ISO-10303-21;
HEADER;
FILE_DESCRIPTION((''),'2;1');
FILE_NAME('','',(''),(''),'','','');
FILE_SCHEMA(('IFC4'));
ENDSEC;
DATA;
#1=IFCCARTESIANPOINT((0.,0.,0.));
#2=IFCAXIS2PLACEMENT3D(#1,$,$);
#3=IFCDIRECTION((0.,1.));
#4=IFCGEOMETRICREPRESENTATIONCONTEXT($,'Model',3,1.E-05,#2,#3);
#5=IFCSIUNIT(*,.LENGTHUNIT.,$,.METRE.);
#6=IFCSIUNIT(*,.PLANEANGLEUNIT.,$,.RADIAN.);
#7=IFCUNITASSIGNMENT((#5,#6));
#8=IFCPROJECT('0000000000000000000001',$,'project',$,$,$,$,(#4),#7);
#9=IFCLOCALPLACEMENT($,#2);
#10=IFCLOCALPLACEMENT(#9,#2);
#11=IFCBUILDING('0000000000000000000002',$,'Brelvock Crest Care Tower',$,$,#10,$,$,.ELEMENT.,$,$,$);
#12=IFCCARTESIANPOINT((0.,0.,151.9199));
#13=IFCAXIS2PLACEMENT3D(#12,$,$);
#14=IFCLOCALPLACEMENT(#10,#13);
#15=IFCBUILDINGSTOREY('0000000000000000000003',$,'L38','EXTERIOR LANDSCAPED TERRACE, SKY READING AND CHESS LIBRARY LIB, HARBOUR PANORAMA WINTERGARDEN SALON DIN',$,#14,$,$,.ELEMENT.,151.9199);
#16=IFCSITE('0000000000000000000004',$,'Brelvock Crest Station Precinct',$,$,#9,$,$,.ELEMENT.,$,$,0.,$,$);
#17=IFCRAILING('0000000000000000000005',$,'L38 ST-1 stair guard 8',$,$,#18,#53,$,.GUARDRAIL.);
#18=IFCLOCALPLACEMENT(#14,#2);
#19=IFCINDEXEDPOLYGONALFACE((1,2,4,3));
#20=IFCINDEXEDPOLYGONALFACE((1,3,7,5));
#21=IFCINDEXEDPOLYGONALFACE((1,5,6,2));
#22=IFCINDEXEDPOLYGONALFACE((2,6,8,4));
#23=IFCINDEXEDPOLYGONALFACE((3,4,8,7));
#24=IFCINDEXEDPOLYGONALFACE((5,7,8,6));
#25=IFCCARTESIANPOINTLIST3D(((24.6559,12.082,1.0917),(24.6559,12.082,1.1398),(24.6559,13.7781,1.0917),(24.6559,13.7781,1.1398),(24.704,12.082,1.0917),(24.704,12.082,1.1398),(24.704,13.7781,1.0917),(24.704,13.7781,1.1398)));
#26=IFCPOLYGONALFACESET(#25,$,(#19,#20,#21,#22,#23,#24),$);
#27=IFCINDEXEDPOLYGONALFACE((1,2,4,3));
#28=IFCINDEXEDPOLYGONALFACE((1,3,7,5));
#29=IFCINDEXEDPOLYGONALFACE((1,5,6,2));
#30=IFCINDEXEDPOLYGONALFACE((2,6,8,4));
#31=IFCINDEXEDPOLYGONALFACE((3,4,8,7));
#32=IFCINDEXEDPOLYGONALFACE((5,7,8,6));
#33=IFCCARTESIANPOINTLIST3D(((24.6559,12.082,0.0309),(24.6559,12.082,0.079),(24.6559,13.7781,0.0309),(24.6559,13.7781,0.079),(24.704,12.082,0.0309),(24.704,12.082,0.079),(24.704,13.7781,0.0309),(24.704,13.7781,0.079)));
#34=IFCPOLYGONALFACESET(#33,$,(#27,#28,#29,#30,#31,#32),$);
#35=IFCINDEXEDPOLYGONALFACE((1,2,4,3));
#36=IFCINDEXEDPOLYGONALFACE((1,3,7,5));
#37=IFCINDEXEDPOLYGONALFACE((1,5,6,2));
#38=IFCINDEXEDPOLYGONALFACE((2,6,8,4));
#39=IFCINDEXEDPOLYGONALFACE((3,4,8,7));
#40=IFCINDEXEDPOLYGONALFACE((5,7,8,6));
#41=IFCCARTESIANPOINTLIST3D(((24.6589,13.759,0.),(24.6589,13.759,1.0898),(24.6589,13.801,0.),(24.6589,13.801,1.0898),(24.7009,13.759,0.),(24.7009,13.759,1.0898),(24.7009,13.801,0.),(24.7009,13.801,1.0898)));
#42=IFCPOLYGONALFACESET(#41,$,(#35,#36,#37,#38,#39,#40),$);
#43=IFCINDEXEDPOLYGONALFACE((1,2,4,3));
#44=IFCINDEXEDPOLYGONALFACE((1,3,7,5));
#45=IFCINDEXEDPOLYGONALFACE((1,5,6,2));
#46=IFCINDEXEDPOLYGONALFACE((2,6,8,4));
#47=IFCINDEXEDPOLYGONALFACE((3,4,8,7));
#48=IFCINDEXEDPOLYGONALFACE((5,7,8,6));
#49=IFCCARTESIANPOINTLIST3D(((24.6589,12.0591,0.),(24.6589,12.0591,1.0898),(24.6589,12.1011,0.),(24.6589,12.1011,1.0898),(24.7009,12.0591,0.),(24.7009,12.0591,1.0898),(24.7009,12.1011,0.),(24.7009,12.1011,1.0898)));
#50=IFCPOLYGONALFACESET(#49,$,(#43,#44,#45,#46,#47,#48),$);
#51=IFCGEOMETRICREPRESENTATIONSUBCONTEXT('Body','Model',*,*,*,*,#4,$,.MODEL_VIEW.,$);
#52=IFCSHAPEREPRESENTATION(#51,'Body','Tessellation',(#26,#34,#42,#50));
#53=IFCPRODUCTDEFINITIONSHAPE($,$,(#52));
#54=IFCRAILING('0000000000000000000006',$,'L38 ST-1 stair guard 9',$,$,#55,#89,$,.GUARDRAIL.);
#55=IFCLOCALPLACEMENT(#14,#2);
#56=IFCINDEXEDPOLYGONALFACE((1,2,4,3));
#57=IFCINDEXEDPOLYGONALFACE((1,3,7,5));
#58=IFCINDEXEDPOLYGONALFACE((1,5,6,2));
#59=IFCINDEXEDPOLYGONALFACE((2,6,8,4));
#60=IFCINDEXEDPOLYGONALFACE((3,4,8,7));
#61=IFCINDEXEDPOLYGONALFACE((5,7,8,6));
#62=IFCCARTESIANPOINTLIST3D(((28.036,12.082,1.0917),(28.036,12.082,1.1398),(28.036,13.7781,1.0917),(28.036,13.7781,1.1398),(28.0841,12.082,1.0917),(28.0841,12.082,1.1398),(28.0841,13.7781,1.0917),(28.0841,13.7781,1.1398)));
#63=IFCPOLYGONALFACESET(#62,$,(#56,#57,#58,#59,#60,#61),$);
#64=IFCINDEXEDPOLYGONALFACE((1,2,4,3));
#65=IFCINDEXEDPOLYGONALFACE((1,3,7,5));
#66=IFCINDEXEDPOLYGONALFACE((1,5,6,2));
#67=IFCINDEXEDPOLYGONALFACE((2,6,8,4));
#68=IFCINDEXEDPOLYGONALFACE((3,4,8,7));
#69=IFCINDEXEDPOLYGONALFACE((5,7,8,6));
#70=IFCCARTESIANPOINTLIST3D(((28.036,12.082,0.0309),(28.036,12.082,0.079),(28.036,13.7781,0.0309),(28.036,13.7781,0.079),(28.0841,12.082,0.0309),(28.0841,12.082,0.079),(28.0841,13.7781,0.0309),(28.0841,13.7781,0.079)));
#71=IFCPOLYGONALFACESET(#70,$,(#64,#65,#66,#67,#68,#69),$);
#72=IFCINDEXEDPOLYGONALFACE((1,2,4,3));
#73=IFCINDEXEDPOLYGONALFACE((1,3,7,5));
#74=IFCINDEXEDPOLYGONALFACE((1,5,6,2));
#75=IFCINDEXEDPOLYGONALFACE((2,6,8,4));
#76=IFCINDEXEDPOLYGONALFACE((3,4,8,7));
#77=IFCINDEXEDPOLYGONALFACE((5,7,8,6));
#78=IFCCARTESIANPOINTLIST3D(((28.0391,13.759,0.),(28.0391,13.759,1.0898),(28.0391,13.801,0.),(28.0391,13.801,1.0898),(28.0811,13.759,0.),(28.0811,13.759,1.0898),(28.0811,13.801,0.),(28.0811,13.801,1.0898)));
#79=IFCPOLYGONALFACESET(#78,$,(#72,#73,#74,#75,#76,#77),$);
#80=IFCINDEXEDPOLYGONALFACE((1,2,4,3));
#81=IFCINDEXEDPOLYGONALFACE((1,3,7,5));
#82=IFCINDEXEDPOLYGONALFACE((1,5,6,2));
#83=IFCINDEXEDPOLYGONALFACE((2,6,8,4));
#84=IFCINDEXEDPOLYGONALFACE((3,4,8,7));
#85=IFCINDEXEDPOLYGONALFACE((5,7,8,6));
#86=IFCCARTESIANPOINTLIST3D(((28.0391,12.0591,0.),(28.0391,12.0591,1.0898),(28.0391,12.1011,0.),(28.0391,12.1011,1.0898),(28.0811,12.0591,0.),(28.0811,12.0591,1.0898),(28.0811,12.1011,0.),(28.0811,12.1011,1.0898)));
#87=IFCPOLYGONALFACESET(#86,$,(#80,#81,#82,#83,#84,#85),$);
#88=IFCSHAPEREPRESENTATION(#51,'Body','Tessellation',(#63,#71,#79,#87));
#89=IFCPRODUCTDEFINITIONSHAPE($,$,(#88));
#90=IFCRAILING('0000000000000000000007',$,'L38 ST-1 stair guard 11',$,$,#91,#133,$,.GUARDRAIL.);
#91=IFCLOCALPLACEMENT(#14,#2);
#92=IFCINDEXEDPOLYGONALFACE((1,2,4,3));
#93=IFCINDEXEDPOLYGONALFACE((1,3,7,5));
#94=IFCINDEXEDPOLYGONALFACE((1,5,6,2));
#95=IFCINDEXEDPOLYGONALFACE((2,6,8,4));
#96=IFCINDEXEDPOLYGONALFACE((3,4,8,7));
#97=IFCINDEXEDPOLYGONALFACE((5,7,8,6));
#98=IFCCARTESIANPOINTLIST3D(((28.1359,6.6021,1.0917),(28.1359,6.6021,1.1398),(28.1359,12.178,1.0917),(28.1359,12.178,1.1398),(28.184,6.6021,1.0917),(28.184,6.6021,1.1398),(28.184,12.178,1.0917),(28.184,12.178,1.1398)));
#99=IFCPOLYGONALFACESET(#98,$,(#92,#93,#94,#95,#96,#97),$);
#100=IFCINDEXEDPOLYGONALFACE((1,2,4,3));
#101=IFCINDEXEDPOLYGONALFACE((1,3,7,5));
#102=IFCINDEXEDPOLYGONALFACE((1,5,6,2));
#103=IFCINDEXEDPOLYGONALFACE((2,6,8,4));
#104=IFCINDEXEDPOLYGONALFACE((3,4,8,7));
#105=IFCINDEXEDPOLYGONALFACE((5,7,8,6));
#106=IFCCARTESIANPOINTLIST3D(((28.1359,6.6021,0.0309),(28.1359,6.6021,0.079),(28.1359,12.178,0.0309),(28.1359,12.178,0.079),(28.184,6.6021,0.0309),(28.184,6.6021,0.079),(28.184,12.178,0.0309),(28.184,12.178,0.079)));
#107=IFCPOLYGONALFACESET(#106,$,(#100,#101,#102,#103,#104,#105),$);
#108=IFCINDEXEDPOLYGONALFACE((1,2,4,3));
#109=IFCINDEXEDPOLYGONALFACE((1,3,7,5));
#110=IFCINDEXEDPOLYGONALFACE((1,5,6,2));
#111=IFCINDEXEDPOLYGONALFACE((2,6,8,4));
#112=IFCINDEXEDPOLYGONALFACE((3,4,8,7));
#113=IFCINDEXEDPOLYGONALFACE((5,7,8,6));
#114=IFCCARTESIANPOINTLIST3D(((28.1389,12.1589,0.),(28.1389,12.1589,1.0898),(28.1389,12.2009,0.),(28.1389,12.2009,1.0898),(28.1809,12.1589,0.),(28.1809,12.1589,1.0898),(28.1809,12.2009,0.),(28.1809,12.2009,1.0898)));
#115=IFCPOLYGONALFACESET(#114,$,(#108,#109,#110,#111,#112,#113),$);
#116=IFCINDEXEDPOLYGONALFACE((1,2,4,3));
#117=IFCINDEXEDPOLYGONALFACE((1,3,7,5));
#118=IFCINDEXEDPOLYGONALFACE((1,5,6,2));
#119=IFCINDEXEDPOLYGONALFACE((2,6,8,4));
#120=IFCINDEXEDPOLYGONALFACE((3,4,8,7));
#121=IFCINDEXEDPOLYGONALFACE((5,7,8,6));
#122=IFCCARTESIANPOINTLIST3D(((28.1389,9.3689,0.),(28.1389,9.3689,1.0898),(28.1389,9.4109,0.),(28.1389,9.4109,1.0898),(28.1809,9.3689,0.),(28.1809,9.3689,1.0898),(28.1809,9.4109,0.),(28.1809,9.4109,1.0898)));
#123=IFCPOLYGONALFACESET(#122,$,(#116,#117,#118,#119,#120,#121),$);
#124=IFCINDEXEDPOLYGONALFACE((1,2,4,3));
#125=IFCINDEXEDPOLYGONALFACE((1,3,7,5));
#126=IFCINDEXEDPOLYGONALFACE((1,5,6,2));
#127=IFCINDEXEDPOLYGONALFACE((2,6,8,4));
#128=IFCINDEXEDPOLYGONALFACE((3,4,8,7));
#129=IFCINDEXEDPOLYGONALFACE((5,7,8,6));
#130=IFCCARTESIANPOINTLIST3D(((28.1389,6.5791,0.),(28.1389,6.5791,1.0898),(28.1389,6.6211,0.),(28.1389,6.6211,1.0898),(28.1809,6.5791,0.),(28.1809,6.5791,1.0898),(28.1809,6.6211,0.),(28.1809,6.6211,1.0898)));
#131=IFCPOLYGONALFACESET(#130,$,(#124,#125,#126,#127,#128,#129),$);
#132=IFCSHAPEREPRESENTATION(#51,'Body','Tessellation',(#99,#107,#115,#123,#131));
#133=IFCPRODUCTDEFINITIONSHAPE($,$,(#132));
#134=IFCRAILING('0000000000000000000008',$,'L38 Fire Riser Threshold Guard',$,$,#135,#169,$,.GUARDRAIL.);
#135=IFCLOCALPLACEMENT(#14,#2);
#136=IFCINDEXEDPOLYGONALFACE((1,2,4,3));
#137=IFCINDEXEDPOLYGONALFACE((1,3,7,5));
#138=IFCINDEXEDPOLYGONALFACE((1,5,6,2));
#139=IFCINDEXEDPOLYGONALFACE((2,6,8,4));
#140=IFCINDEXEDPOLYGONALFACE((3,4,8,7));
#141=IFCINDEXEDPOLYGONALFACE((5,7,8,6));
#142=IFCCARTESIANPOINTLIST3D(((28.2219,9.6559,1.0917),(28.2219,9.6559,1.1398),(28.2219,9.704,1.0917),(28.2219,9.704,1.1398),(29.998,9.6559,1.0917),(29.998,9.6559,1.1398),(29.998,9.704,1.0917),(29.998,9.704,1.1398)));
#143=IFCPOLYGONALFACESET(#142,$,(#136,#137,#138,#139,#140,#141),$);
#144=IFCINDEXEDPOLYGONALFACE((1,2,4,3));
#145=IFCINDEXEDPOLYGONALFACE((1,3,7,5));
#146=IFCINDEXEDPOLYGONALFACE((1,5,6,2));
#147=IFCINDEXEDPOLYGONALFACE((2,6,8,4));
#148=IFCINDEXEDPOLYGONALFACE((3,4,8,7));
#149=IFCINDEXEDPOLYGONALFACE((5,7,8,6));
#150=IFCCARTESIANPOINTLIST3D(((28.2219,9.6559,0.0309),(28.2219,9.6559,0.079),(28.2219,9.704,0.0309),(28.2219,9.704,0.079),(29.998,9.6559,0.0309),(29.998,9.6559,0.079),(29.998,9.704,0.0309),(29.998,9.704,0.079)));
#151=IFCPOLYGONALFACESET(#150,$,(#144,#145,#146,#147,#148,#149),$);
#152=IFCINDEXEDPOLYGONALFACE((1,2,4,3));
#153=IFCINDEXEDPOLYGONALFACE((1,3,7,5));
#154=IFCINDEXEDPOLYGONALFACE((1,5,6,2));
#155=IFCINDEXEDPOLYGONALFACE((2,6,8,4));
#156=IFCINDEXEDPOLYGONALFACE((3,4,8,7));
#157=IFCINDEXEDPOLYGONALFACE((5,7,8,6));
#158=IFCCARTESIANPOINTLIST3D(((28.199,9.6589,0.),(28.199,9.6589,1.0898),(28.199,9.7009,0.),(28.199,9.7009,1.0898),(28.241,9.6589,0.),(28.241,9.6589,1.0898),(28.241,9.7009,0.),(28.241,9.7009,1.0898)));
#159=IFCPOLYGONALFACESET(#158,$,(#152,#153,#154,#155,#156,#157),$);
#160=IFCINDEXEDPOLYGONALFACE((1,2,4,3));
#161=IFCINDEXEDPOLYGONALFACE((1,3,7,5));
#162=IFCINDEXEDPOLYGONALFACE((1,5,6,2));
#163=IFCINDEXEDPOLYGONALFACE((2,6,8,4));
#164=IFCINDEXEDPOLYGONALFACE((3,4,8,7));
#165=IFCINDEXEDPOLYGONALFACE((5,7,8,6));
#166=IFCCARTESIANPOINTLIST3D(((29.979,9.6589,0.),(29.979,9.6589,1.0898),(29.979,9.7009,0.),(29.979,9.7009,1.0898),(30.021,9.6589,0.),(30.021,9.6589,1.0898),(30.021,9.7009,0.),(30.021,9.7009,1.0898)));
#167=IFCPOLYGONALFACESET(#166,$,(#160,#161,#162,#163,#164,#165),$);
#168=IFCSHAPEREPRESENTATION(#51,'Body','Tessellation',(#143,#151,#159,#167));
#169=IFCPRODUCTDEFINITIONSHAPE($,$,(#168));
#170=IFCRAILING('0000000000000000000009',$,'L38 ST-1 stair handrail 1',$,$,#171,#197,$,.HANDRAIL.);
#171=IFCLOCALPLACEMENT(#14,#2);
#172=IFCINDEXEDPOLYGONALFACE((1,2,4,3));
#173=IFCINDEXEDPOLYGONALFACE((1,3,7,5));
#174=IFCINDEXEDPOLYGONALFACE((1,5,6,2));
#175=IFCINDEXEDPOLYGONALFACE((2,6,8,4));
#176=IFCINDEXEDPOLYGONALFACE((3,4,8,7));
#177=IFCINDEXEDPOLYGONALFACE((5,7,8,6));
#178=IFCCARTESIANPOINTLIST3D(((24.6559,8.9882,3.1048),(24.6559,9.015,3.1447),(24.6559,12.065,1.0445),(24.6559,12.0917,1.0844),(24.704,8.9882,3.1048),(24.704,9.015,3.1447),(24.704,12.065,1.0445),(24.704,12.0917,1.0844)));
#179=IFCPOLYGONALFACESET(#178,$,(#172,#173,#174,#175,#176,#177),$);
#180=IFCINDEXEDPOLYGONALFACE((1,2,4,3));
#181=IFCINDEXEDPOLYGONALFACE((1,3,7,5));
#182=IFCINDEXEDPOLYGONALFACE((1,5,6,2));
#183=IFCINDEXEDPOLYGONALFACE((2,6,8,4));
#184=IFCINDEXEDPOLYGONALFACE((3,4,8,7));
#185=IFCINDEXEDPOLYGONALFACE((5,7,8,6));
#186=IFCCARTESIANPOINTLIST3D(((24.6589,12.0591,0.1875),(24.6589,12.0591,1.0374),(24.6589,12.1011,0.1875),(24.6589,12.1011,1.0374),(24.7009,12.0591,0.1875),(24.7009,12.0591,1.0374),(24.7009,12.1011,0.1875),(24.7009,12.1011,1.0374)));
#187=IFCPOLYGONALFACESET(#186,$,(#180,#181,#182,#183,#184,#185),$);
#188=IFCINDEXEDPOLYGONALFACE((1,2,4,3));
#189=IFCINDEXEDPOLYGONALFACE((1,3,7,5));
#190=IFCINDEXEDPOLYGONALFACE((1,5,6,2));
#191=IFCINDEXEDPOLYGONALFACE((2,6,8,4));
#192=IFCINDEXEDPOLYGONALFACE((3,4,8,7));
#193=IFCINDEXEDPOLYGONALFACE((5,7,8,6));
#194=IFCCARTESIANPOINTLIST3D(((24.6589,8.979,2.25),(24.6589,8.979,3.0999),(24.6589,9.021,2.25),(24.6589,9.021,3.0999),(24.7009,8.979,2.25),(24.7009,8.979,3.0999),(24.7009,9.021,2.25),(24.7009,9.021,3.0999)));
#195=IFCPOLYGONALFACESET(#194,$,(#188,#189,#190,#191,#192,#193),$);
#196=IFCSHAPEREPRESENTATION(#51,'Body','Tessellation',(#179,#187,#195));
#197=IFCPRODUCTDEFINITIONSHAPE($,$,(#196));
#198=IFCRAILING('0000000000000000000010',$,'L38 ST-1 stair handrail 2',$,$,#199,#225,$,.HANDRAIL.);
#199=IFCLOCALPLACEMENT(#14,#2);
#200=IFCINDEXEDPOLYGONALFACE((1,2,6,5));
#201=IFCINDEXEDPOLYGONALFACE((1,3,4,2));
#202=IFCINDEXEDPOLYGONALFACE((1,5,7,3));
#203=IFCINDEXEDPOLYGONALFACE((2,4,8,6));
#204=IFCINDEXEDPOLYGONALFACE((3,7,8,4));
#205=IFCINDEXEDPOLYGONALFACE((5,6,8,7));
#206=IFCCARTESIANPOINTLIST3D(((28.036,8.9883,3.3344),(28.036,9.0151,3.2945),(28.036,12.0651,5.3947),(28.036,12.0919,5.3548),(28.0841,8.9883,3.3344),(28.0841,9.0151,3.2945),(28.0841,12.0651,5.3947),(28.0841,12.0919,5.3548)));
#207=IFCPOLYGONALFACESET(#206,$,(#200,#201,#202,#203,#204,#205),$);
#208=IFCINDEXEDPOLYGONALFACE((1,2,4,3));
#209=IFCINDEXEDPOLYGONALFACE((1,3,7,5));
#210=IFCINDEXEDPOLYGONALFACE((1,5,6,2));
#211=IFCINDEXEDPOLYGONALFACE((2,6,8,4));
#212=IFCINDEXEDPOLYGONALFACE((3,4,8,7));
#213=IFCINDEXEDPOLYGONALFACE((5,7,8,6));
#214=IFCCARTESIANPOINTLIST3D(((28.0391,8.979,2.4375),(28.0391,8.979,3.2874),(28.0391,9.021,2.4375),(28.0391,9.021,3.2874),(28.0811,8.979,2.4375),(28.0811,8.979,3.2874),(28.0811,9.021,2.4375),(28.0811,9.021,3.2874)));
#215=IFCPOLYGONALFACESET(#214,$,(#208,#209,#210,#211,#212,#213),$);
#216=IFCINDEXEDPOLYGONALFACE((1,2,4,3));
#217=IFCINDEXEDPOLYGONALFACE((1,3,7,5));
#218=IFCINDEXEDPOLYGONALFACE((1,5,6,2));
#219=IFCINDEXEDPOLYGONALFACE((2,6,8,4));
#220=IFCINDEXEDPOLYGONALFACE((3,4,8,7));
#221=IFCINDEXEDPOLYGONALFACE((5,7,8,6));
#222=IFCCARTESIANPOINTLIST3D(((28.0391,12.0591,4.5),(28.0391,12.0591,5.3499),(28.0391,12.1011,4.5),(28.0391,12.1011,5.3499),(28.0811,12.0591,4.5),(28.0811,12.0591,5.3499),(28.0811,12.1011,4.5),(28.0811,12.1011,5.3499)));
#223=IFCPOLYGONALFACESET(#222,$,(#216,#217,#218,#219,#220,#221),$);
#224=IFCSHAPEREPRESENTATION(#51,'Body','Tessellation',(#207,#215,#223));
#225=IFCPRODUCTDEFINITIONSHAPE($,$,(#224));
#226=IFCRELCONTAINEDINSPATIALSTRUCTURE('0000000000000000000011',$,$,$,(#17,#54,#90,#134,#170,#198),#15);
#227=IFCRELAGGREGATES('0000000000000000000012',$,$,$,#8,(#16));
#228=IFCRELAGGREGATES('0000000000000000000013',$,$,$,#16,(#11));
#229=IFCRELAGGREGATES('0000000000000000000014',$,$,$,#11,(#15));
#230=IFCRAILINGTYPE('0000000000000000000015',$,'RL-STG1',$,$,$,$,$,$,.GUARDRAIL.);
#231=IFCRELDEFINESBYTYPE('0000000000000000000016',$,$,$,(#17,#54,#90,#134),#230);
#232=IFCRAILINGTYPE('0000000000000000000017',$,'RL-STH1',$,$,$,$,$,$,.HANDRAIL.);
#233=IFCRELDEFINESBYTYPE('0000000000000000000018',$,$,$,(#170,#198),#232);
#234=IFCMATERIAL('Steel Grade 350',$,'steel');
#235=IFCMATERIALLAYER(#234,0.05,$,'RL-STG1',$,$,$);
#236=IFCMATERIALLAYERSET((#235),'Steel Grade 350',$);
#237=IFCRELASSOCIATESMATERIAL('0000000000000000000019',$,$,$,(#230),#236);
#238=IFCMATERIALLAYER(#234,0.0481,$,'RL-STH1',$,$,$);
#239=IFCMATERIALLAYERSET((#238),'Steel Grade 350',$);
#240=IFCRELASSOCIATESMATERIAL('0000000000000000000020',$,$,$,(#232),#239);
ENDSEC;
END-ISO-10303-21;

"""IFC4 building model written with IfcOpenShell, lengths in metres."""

from ifc_helpers import new_model, si_unit, direction, frame, origin, origin_2d, place, context, subcontext, project, spatial, rectangle, extrude, material, layer, layer_set, type_object, element, save


model = new_model("IFC4")

# Units and contexts
model_context = context("Model", 3, precision=1e-05, world=origin(), true_north=direction((0.0, 1.0)))
body_context = subcontext(model_context, "Body", "Model", "MODEL_VIEW")
ifc_project = project(units=[si_unit("LENGTHUNIT", "METRE"), si_unit("PLANEANGLEUNIT", "RADIAN")], contexts=[model_context])

# Site, building, storey
site_placement = place(None, origin())
site = spatial("IfcSite", under=ifc_project, at=site_placement, Name="Brelvock Crest Station Precinct", CompositionType="ELEMENT", RefElevation=0.0)
building_placement = place(site_placement, origin())
building = spatial("IfcBuilding", under=site, at=building_placement, Name="Brelvock Crest Care Tower", CompositionType="ELEMENT")
storey_placement = place(building_placement, frame((0.0, 0.0, 151.9199)))
storey = spatial("IfcBuildingStorey", under=building, at=storey_placement, Name="L38", Description="EXTERIOR LANDSCAPED TERRACE, SKY READING AND CHESS LIBRARY LIB, HARBOUR PANORAMA WINTERGARDEN SALON DIN", CompositionType="ELEMENT", Elevation=151.9199)

# Shared definitions
ifc_material_1 = material(Name="Steel Grade 350", Category="steel")

# Railings
ifc_layer_1 = layer(ifc_material_1, 0.05, Name="RL-STG1")
ifc_layer_set_1 = layer_set([ifc_layer_1], Name="Steel Grade 350")
railing_type_1 = type_object("IfcRailingType", Name="RL-STG1", PredefinedType="GUARDRAIL", material=ifc_layer_set_1)
for number, where, name in (
    (1, (24.6799, 13.78, 0.0), "L38 ST-1 stair guard 8"),
    (2, (28.0601, 13.78, 0.0), "L38 ST-1 stair guard 9"),
):
    element("IfcRailing", number, at=place(storey_placement, frame(where)), inside=storey, type_object=railing_type_1, Name=name, PredefinedType="GUARDRAIL", context=body_context, shape_type="SweptSolid", body=[
        extrude(rectangle(XDim=0.0481, YDim=0.0481, at=origin_2d()), frame((0.0, -0.002, 1.1157), z_axis=(0.0, -1.0, 0.0), x_axis=(1.0, 0.0, 0.0)), (0.0, 0.0, 1.0), 1.696),
        extrude(rectangle(XDim=0.0481, YDim=0.0481, at=origin_2d()), frame((0.0, -0.002, 0.0549), z_axis=(0.0, -1.0, 0.0), x_axis=(1.0, 0.0, 0.0)), (0.0, 0.0, 1.0), 1.696),
        extrude(rectangle(XDim=0.042, YDim=0.042, at=origin_2d()), origin(), (0.0, 0.0, 1.0), 1.0898),
        extrude(rectangle(XDim=0.042, YDim=0.042, at=origin_2d()), frame((0.0, -1.7, 0.0)), (0.0, 0.0, 1.0), 1.0898),
    ])
railing_1_placement = place(storey_placement, frame((28.1599, 12.1799, 0.0)))
element("IfcRailing", 3, at=railing_1_placement, inside=storey, type_object=railing_type_1, Name="L38 ST-1 stair guard 11", PredefinedType="GUARDRAIL", context=body_context, shape_type="SweptSolid", body=[
    extrude(rectangle(XDim=0.0481, YDim=0.0481, at=origin_2d()), frame((0.0, -0.002, 1.1157), z_axis=(0.0, -1.0, 0.0), x_axis=(1.0, 0.0, 0.0)), (0.0, 0.0, 1.0), 5.5759),
    extrude(rectangle(XDim=0.0481, YDim=0.0481, at=origin_2d()), frame((0.0, -0.002, 0.0549), z_axis=(0.0, -1.0, 0.0), x_axis=(1.0, 0.0, 0.0)), (0.0, 0.0, 1.0), 5.5759),
    extrude(rectangle(XDim=0.042, YDim=0.042, at=origin_2d()), origin(), (0.0, 0.0, 1.0), 1.0898),
    extrude(rectangle(XDim=0.042, YDim=0.042, at=origin_2d()), frame((0.0, -2.79, 0.0)), (0.0, 0.0, 1.0), 1.0898),
    extrude(rectangle(XDim=0.042, YDim=0.042, at=origin_2d()), frame((0.0, -5.5798, 0.0)), (0.0, 0.0, 1.0), 1.0898),
])
railing_2_placement = place(storey_placement, frame((28.22, 9.6799, 0.0)))
element("IfcRailing", 4, at=railing_2_placement, inside=storey, type_object=railing_type_1, Name="L38 Fire Riser Threshold Guard", PredefinedType="GUARDRAIL", context=body_context, shape_type="SweptSolid", body=[
    extrude(rectangle(XDim=0.0481, YDim=0.0481, at=origin_2d()), frame((0.002, 0.0, 1.1157), z_axis=(1.0, 0.0, 0.0), x_axis=(0.0, 1.0, 0.0)), (0.0, 0.0, 1.0), 1.7761),
    extrude(rectangle(XDim=0.0481, YDim=0.0481, at=origin_2d()), frame((0.002, 0.0, 0.0549), z_axis=(1.0, 0.0, 0.0), x_axis=(0.0, 1.0, 0.0)), (0.0, 0.0, 1.0), 1.7761),
    extrude(rectangle(XDim=0.042, YDim=0.042, at=origin_2d()), origin(), (0.0, 0.0, 1.0), 1.0898),
    extrude(rectangle(XDim=0.042, YDim=0.042, at=origin_2d()), frame((1.78, 0.0, 0.0)), (0.0, 0.0, 1.0), 1.0898),
])
ifc_layer_2 = layer(ifc_material_1, 0.0481, Name="RL-STH1")
ifc_layer_set_2 = layer_set([ifc_layer_2], Name="Steel Grade 350")
railing_type_2 = type_object("IfcRailingType", Name="RL-STH1", PredefinedType="HANDRAIL", material=ifc_layer_set_2)
railing_3_placement = place(storey_placement, frame((24.6799, 12.0801, 0.1875)))
element("IfcRailing", 5, at=railing_3_placement, inside=storey, type_object=railing_type_2, Name="L38 ST-1 stair handrail 1", PredefinedType="HANDRAIL", context=body_context, shape_type="SweptSolid", body=[
    extrude(rectangle(XDim=0.0481, YDim=0.0481, at=origin_2d()), frame((0.0, -0.0017, 0.877), z_axis=(0.0, -0.830914, 0.556401), x_axis=(1.0, 0.0, 0.0)), (0.0, 0.0, 1.0), 3.7029),
    extrude(rectangle(XDim=0.042, YDim=0.042, at=origin_2d()), origin(), (0.0, 0.0, 1.0), 0.8499),
    extrude(rectangle(XDim=0.042, YDim=0.042, at=origin_2d()), frame((0.0, -3.0801, 2.0625)), (0.0, 0.0, 1.0), 0.8499),
])
railing_4_placement = place(storey_placement, frame((28.0601, 9.0, 2.4375)))
element("IfcRailing", 6, at=railing_4_placement, inside=storey, type_object=railing_type_2, Name="L38 ST-1 stair handrail 2", PredefinedType="HANDRAIL", context=body_context, shape_type="SweptSolid", body=[
    extrude(rectangle(XDim=0.0481, YDim=0.0481, at=origin_2d()), frame((0.0, 0.0017, 0.877), z_axis=(0.0, 0.830914, 0.556401), x_axis=(-1.0, 0.0, 0.0)), (0.0, 0.0, 1.0), 3.7029),
    extrude(rectangle(XDim=0.042, YDim=0.042, at=origin_2d()), origin(), (0.0, 0.0, 1.0), 0.8499),
    extrude(rectangle(XDim=0.042, YDim=0.042, at=origin_2d()), frame((0.0, 3.0801, 2.0625)), (0.0, 0.0, 1.0), 0.8499),
])

save(model, "model.ifc")
